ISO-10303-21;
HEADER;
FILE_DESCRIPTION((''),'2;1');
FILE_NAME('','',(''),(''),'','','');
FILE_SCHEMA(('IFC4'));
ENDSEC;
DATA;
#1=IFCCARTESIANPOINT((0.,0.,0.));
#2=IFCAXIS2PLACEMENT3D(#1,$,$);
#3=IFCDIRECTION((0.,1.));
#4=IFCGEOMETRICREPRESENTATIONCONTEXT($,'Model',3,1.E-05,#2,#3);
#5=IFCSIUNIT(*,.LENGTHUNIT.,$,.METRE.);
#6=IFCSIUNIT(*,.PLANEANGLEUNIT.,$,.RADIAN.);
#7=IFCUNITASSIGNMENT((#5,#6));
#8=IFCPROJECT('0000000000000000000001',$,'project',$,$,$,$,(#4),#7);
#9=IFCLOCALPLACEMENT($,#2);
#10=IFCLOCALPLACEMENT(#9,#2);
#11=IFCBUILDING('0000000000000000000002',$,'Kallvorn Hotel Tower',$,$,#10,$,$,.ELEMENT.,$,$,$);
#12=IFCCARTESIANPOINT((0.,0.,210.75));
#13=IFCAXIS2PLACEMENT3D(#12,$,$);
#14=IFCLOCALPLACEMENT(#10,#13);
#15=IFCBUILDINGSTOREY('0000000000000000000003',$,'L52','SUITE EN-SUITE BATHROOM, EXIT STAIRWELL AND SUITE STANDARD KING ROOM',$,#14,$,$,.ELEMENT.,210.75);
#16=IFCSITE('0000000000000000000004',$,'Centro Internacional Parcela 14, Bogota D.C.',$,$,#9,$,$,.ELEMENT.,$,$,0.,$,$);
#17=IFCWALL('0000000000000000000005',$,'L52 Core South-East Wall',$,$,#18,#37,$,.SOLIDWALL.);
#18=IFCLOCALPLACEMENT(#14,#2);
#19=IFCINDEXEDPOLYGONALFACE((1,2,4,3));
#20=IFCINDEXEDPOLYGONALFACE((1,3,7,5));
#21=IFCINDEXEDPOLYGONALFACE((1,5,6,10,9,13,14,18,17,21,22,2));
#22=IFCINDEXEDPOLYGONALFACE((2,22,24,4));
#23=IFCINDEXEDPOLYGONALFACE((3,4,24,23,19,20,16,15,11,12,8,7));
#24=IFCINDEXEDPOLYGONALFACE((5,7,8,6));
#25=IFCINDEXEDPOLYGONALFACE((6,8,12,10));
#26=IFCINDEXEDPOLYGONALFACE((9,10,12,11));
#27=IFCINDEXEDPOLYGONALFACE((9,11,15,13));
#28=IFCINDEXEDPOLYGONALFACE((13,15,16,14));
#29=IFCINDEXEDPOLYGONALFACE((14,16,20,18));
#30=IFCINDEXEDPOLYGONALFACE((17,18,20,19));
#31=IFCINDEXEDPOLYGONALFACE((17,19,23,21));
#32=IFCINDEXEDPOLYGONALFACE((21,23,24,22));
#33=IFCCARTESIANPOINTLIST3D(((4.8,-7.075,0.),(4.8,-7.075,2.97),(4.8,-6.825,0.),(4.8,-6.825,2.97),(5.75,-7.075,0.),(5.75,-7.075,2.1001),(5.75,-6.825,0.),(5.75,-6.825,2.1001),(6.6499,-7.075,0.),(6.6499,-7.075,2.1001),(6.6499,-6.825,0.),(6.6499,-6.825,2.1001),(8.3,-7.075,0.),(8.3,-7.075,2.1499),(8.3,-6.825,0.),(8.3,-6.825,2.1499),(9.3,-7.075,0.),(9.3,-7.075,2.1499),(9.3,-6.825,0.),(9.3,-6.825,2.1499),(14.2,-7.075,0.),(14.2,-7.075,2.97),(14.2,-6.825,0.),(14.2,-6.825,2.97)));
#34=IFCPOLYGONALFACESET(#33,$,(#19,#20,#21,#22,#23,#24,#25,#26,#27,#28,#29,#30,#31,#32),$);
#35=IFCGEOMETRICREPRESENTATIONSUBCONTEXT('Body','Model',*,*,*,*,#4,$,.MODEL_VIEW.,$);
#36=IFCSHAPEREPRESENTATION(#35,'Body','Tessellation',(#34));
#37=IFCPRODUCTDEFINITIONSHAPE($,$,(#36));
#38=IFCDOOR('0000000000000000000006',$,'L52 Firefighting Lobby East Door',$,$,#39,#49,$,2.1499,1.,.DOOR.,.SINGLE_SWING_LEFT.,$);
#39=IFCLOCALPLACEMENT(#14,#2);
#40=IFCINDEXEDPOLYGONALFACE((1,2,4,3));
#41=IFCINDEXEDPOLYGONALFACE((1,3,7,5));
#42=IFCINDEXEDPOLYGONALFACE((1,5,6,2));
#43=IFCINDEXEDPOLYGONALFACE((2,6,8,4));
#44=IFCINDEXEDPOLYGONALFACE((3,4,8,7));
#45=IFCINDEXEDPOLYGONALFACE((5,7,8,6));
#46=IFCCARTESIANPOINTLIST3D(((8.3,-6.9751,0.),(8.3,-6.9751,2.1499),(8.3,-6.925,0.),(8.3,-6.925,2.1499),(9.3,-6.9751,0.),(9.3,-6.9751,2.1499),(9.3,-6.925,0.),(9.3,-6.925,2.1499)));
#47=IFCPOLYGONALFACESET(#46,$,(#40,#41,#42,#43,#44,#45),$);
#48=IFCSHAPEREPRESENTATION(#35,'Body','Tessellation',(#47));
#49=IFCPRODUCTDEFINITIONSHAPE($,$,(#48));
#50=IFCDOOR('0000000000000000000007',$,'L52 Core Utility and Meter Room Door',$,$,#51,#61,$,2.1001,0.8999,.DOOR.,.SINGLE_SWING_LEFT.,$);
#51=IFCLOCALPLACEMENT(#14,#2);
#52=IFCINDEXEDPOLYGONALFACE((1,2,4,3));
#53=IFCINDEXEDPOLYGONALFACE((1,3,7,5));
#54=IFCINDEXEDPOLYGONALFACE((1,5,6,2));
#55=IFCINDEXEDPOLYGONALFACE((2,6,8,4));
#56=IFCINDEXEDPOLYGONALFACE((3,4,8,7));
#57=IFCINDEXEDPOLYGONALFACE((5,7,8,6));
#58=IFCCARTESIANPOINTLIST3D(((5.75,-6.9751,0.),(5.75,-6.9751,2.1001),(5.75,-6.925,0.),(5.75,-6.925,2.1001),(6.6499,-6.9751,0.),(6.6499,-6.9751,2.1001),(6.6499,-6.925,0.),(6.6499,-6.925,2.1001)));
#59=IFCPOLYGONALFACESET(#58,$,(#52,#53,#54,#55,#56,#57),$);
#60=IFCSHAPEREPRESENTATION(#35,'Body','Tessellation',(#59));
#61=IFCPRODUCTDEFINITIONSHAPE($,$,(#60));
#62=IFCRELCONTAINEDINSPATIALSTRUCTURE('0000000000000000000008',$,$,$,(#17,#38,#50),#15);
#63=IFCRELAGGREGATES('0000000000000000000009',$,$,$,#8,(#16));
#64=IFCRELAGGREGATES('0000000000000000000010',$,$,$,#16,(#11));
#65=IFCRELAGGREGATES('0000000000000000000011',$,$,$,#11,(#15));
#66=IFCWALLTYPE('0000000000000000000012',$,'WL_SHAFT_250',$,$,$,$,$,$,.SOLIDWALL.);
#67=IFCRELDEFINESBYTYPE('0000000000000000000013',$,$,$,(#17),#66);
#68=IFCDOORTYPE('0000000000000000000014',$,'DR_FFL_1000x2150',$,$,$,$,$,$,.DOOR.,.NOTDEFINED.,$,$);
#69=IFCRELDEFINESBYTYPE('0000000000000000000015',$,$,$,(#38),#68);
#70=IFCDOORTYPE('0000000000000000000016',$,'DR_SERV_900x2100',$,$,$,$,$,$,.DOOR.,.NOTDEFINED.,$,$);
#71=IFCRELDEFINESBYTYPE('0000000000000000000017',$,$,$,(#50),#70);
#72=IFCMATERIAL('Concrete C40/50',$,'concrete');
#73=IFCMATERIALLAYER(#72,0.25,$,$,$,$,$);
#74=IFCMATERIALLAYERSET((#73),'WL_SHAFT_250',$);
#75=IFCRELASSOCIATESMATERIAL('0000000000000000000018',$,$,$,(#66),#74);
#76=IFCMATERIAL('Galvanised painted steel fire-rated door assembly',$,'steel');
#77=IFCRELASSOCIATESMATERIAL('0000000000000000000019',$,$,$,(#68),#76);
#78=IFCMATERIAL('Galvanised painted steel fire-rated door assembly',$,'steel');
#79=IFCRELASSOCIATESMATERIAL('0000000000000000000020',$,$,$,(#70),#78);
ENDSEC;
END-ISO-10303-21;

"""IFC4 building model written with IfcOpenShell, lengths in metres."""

from ifc_helpers import new_model, si_unit, direction, frame, frame_2d, origin, place, context, subcontext, project, spatial, rectangle, extrude, material, layer, layer_set, type_object, element, fill, save


model = new_model("IFC4")

# Units and contexts
model_context = context("Model", 3, precision=1e-05, world=origin(), true_north=direction((0.0, 1.0)))
body_context = subcontext(model_context, "Body", "Model", "MODEL_VIEW")
ifc_project = project(units=[si_unit("LENGTHUNIT", "METRE"), si_unit("PLANEANGLEUNIT", "RADIAN")], contexts=[model_context])

# Site, building, storey
site_placement = place(None, origin())
site = spatial("IfcSite", under=ifc_project, at=site_placement, Name="Centro Internacional Parcela 14, Bogota D.C.", CompositionType="ELEMENT", RefElevation=0.0)
building_placement = place(site_placement, origin())
building = spatial("IfcBuilding", under=site, at=building_placement, Name="Kallvorn Hotel Tower", CompositionType="ELEMENT")
storey_placement = place(building_placement, frame((0.0, 0.0, 210.75)))
storey = spatial("IfcBuildingStorey", under=building, at=storey_placement, Name="L52", Description="SUITE EN-SUITE BATHROOM, EXIT STAIRWELL AND SUITE STANDARD KING ROOM", CompositionType="ELEMENT", Elevation=210.75)

# Wall, openings, doors
ifc_material_1 = material(Name="Concrete C40/50", Category="concrete")
ifc_layer_1 = layer(ifc_material_1, 0.25)
ifc_layer_set_1 = layer_set([ifc_layer_1], Name="WL_SHAFT_250")
wall_type_1 = type_object("IfcWallType", Name="WL_SHAFT_250", PredefinedType="SOLIDWALL", material=ifc_layer_set_1)
wall_1_placement = place(storey_placement, frame((4.8, -6.95, 0.0), z_axis=(0.0, 0.0, 1.0), x_axis=(1.0, 0.0, 0.0)))
wall_1 = element("IfcWall", 1, at=wall_1_placement, inside=storey, type_object=wall_type_1, Name="L52 Core South-East Wall", PredefinedType="SOLIDWALL", context=body_context, shape_type="SweptSolid", body=[
    extrude(rectangle(XDim=9.3999, YDim=0.25, at=frame_2d((4.7, 0.0))), origin(), (0.0, 0.0, 1.0), 2.97),
])
opening_1_placement = place(wall_1_placement, frame((3.5, 0.0, 0.0)))
opening_1 = element("IfcOpeningElement", 2, at=opening_1_placement, cuts=wall_1, PredefinedType="OPENING", context=body_context, shape_type="SweptSolid", body=[
    extrude(rectangle(XDim=1.0, YDim=2.1499, at=frame_2d((0.5, 1.075))), frame((0.0, 0.1399, 0.0), z_axis=(0.0, -1.0, 0.0), x_axis=(1.0, 0.0, 0.0)), (0.0, 0.0, 1.0), 0.28),
])
opening_2_placement = place(wall_1_placement, frame((0.95, 0.0, 0.0)))
opening_2 = element("IfcOpeningElement", 3, at=opening_2_placement, cuts=wall_1, PredefinedType="OPENING", context=body_context, shape_type="SweptSolid", body=[
    extrude(rectangle(XDim=0.8999, YDim=2.1001, at=frame_2d((0.45, 1.05))), frame((0.0, 0.1399, 0.0), z_axis=(0.0, -1.0, 0.0), x_axis=(1.0, 0.0, 0.0)), (0.0, 0.0, 1.0), 0.28),
])
ifc_material_2 = material(Name="Galvanised painted steel fire-rated door assembly", Category="steel")
door_type_1 = type_object("IfcDoorType", Name="DR_FFL_1000x2150", OperationType="NOTDEFINED", PredefinedType="DOOR", material=ifc_material_2)
door_1_placement = place(opening_1_placement, origin())
door_1 = element("IfcDoor", 4, at=door_1_placement, inside=storey, type_object=door_type_1, Name="L52 Firefighting Lobby East Door", OperationType="SINGLE_SWING_LEFT", OverallHeight=2.1499, OverallWidth=1.0, PredefinedType="DOOR", context=body_context, shape_type="SweptSolid", body=[
    extrude(rectangle(XDim=1.0, YDim=2.1499, at=frame_2d((0.5, 1.075))), frame((0.0, 0.0249, 0.0), z_axis=(0.0, -1.0, 0.0), x_axis=(1.0, 0.0, 0.0)), (0.0, 0.0, 1.0), 0.05),
])
fill(opening_1, door_1)
ifc_material_3 = material(Name="Galvanised painted steel fire-rated door assembly", Category="steel")
door_type_2 = type_object("IfcDoorType", Name="DR_SERV_900x2100", OperationType="NOTDEFINED", PredefinedType="DOOR", material=ifc_material_3)
door_2_placement = place(opening_2_placement, origin())
door_2 = element("IfcDoor", 5, at=door_2_placement, inside=storey, type_object=door_type_2, Name="L52 Core Utility and Meter Room Door", OperationType="SINGLE_SWING_LEFT", OverallHeight=2.1001, OverallWidth=0.8999, PredefinedType="DOOR", context=body_context, shape_type="SweptSolid", body=[
    extrude(rectangle(XDim=0.8999, YDim=2.1001, at=frame_2d((0.45, 1.05))), frame((0.0, 0.0249, 0.0), z_axis=(0.0, -1.0, 0.0), x_axis=(1.0, 0.0, 0.0)), (0.0, 0.0, 1.0), 0.05),
])
fill(opening_2, door_2)

save(model, "model.ifc")
